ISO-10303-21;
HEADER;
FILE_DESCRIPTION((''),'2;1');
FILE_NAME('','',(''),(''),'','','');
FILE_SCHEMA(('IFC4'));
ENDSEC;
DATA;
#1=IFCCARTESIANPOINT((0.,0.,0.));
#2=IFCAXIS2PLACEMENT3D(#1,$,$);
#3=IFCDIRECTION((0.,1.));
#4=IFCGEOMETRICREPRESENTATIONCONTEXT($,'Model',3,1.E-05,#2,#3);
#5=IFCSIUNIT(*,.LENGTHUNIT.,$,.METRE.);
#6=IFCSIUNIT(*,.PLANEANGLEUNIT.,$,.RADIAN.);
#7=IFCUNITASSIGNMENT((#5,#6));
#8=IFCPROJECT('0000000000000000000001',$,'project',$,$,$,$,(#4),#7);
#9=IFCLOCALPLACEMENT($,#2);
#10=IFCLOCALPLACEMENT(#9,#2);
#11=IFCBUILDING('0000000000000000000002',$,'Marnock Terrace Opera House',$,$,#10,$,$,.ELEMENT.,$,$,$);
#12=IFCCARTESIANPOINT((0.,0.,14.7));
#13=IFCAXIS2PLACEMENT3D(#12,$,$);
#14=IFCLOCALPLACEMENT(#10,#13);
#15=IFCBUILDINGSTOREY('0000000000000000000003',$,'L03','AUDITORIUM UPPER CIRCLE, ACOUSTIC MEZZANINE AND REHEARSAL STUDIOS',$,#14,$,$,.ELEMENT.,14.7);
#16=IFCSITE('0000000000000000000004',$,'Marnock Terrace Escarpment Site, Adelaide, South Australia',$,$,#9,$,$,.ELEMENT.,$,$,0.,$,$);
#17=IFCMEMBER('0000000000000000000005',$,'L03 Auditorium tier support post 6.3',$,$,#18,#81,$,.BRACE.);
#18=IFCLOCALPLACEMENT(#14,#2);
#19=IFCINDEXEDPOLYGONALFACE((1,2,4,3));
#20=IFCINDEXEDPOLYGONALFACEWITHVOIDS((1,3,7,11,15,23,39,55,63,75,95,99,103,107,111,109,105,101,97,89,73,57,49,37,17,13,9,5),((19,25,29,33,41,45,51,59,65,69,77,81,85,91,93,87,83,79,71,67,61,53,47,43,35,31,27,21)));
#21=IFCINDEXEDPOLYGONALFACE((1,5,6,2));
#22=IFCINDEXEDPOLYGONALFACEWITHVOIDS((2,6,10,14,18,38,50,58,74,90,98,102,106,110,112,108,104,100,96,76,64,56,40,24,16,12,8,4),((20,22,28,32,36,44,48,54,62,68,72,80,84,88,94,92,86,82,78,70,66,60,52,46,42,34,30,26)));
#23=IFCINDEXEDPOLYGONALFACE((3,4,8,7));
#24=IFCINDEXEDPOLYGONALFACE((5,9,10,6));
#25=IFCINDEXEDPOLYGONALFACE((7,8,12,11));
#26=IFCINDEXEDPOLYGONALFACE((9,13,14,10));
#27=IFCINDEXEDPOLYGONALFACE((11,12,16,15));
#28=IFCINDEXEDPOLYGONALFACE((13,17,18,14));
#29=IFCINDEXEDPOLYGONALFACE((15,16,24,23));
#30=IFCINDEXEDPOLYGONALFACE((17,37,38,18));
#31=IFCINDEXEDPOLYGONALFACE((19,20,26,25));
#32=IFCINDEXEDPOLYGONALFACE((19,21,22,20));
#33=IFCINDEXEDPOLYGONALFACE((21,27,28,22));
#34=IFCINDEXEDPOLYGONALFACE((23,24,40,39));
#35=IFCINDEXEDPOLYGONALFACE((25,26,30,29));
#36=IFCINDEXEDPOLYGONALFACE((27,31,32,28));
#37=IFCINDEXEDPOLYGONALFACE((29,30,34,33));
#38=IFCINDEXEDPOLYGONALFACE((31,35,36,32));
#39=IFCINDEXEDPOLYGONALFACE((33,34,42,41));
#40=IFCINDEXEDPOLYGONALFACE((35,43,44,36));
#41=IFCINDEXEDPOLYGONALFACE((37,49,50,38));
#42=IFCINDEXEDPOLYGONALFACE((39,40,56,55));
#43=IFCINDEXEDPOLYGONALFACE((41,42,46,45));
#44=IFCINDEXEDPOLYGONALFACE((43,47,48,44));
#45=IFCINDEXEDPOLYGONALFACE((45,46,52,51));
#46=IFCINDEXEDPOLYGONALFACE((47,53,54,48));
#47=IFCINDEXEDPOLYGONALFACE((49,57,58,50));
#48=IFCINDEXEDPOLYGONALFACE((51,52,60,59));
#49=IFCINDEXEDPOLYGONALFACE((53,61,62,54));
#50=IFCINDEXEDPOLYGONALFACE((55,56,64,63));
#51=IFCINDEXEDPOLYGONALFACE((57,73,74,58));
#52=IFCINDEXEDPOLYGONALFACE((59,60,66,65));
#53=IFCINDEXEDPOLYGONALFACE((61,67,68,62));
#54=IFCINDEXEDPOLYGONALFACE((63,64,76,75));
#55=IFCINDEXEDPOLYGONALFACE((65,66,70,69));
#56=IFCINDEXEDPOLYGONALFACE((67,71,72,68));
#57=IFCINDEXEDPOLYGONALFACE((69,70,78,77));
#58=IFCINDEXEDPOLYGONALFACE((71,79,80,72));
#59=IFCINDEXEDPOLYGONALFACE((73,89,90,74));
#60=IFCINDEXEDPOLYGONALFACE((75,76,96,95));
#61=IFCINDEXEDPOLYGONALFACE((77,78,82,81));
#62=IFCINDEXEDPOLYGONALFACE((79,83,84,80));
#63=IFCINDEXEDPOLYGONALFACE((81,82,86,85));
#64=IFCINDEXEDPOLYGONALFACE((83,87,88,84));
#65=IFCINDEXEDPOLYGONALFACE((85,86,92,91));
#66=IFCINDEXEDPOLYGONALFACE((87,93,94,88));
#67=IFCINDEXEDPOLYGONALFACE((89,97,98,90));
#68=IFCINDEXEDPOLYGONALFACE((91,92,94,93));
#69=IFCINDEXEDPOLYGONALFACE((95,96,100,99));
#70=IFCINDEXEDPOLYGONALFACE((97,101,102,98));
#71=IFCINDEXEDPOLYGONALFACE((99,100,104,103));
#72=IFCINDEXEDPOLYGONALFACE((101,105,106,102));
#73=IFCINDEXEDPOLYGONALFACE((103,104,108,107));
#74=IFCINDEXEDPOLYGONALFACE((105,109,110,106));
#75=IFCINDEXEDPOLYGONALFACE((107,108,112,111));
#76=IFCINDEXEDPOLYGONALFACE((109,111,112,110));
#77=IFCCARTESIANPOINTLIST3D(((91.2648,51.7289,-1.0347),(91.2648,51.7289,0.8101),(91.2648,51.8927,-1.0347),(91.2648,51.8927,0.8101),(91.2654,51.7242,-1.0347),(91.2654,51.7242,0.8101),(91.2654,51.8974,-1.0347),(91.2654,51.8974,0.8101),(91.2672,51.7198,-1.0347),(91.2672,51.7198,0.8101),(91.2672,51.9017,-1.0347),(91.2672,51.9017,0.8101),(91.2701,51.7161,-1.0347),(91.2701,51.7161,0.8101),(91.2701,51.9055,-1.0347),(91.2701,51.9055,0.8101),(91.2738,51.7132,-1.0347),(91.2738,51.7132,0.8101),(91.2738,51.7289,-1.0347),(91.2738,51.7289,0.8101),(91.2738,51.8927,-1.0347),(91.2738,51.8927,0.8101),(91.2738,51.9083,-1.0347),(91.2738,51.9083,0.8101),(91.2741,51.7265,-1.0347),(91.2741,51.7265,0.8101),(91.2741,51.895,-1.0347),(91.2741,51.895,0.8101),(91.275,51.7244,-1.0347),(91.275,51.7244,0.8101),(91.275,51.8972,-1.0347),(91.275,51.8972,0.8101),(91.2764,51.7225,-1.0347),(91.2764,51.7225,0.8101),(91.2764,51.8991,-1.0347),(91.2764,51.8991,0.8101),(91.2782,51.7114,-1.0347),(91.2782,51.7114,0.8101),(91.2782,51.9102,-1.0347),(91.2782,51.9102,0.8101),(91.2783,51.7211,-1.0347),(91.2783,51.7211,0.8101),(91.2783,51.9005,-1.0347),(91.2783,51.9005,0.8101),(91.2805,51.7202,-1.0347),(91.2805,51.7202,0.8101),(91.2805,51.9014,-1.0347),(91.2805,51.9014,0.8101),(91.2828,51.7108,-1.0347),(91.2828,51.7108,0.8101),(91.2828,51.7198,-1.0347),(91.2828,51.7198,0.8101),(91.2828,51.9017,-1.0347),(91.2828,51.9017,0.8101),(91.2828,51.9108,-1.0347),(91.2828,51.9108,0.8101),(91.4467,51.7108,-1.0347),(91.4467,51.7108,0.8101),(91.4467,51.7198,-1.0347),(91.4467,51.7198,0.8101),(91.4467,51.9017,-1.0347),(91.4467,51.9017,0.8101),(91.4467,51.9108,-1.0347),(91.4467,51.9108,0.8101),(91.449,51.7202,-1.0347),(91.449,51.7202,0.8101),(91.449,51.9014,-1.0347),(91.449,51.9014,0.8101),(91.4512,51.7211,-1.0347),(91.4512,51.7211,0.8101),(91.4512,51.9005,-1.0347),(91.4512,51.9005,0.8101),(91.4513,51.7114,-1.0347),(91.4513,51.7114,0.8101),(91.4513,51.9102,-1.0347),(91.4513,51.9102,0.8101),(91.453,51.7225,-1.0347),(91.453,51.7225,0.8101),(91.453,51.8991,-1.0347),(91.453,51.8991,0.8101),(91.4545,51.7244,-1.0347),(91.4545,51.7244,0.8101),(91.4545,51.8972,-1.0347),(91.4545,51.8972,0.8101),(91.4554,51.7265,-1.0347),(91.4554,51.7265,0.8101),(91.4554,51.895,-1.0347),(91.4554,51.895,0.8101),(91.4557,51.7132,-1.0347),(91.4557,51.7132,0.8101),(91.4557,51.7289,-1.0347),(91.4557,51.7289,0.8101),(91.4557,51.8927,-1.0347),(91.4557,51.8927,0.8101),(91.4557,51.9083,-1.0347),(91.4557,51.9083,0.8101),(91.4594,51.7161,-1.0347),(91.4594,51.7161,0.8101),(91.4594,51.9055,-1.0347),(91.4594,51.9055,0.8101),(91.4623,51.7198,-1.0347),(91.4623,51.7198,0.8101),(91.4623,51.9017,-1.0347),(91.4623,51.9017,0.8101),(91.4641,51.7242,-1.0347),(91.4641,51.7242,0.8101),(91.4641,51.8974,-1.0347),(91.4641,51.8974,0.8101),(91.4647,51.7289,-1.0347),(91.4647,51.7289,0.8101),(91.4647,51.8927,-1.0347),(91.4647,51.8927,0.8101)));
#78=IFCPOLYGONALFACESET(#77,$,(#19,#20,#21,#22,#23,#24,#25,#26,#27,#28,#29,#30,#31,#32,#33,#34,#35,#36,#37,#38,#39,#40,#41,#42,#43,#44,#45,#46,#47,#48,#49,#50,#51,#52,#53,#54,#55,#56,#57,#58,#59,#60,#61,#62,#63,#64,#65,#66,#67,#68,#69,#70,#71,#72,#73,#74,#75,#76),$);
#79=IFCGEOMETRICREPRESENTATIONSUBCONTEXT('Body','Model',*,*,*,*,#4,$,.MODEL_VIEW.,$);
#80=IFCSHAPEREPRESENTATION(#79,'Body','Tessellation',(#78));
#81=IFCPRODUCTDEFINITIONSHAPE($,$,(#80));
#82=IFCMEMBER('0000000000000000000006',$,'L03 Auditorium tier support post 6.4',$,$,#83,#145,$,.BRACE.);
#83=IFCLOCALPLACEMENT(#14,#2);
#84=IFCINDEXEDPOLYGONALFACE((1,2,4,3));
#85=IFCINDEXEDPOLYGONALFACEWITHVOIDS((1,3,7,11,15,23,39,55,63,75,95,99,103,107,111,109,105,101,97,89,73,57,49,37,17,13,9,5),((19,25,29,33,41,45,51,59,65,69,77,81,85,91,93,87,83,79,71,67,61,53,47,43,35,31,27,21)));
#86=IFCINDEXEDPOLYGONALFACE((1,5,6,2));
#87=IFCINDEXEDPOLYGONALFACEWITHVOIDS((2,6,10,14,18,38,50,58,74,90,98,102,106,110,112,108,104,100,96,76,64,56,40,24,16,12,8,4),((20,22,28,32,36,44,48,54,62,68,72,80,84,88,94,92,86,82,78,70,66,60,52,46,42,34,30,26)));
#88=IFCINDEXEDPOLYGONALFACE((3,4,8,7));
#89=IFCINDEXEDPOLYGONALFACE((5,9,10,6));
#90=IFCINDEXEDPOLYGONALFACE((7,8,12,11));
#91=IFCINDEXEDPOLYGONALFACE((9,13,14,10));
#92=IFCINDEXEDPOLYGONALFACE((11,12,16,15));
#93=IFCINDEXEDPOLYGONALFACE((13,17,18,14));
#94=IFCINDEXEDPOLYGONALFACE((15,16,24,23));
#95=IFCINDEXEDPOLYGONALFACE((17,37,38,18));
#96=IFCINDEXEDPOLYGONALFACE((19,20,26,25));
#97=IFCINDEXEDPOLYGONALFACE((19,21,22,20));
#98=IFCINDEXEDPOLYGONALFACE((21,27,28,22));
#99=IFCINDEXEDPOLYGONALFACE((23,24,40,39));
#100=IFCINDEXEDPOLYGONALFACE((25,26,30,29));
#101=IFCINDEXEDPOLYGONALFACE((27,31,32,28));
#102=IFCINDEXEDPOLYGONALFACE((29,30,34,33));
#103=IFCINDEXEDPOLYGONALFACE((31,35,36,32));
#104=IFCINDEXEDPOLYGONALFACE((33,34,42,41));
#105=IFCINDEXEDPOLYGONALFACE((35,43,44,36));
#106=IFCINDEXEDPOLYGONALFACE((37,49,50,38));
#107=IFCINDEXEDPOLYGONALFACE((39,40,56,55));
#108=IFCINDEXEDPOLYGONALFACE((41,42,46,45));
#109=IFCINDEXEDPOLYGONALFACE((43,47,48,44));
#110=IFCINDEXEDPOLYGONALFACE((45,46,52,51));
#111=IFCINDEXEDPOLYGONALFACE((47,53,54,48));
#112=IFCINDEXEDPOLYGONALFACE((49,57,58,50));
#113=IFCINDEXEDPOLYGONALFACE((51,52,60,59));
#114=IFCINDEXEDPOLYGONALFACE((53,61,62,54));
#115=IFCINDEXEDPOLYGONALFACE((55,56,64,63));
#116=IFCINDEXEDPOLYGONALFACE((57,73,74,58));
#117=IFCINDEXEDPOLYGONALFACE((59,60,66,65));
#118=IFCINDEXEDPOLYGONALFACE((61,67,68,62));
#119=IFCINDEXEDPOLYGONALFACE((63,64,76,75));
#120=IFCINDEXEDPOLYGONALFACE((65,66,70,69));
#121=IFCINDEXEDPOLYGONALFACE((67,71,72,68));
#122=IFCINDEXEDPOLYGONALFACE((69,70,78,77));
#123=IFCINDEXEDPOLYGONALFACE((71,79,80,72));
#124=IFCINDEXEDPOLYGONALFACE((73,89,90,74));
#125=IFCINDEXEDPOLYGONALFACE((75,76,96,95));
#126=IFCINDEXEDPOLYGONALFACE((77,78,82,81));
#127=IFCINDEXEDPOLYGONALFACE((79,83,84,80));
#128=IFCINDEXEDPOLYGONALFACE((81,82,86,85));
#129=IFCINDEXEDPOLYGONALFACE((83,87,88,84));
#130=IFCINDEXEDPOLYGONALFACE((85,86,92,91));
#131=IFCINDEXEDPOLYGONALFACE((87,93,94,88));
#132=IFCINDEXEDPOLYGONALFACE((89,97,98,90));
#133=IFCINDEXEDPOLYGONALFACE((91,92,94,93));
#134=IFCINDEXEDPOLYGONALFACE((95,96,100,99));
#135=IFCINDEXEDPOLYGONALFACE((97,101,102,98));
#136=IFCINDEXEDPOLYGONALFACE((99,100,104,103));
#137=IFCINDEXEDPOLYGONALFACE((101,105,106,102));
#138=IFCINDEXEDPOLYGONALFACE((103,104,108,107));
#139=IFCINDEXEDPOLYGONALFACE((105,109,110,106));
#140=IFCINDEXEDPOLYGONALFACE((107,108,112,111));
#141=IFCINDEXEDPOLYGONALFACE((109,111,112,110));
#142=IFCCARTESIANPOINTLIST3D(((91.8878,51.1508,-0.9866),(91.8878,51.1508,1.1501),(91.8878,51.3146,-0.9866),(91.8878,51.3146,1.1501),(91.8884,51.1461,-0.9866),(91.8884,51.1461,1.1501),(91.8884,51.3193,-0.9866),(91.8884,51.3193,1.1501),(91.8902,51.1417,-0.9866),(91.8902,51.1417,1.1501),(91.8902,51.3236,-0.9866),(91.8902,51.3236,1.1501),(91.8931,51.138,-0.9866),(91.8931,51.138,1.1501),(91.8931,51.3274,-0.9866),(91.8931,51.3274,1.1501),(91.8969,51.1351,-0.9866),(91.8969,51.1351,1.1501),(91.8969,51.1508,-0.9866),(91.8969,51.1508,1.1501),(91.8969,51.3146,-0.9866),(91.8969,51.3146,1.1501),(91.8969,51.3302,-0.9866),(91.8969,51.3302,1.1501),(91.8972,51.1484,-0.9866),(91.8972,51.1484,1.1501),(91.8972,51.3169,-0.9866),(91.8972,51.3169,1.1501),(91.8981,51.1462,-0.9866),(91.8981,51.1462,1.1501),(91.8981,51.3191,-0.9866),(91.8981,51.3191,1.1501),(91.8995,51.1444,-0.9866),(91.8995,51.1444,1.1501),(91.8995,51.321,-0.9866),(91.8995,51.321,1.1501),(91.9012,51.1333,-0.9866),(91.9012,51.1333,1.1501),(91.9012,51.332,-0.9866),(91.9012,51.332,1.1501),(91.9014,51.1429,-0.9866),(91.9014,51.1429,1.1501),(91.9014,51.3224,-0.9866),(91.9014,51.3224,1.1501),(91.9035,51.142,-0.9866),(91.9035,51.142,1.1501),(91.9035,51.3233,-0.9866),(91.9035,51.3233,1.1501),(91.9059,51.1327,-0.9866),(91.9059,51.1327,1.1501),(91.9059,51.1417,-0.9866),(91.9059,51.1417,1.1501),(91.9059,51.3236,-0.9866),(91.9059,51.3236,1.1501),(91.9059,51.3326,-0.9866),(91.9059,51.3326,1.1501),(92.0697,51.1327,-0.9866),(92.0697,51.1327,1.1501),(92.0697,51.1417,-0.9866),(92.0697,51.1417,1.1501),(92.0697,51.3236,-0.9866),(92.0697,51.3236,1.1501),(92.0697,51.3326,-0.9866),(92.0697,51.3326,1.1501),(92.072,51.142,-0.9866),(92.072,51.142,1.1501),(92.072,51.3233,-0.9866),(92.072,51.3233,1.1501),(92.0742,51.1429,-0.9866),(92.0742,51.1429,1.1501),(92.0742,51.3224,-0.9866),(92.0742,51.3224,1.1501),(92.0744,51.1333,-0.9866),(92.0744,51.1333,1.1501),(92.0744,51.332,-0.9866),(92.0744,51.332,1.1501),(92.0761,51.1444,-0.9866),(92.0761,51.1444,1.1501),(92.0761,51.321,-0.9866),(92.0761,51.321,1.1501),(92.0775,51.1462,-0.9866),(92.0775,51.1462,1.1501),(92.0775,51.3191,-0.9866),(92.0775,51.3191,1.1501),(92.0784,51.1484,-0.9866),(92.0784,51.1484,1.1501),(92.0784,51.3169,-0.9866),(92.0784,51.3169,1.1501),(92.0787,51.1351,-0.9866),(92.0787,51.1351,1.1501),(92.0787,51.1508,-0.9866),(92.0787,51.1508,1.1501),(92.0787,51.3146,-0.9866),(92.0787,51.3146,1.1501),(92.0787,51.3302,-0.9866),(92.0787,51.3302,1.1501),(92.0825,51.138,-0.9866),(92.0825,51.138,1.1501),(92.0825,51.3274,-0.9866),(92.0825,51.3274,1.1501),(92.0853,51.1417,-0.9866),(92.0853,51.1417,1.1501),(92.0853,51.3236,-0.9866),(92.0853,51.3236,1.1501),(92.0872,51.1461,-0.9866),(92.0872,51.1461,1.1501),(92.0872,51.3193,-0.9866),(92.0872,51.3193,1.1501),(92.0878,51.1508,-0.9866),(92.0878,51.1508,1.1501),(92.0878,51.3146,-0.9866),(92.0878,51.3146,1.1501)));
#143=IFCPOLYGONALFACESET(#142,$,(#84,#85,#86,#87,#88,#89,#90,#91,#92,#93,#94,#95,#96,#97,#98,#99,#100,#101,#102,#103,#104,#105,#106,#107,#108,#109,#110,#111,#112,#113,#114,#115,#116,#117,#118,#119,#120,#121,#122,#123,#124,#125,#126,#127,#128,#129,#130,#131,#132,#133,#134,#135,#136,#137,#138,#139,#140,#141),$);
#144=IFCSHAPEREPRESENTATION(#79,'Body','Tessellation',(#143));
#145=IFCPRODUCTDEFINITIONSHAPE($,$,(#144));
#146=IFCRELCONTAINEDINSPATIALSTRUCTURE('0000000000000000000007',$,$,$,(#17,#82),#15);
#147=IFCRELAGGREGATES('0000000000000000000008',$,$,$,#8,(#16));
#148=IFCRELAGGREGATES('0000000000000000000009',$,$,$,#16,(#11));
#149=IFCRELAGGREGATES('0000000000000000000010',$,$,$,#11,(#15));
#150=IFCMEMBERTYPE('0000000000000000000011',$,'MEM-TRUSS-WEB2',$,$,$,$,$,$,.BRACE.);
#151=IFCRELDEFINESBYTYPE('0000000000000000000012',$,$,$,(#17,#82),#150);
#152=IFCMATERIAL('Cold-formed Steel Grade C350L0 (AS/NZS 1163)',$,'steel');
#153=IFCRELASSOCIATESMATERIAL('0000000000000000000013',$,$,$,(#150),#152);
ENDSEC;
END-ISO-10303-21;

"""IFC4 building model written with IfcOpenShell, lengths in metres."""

from ifc_helpers import new_model, si_unit, direction, frame, origin, origin_2d, place, context, subcontext, project, spatial, hollow_rectangle, extrude, material, material_profile, profile_set, type_object, element, save


model = new_model("IFC4")

# Units and contexts
model_context = context("Model", 3, precision=1e-05, world=origin(), true_north=direction((0.0, 1.0)))
body_context = subcontext(model_context, "Body", "Model", "MODEL_VIEW")
ifc_project = project(units=[si_unit("LENGTHUNIT", "METRE"), si_unit("PLANEANGLEUNIT", "RADIAN")], contexts=[model_context])

# Site, building, storey
site_placement = place(None, origin())
site = spatial("IfcSite", under=ifc_project, at=site_placement, Name="Marnock Terrace Escarpment Site, Adelaide, South Australia", CompositionType="ELEMENT", RefElevation=0.0)
building_placement = place(site_placement, origin())
building = spatial("IfcBuilding", under=site, at=building_placement, Name="Marnock Terrace Opera House", CompositionType="ELEMENT")
storey_placement = place(building_placement, frame((0.0, 0.0, 14.7)))
storey = spatial("IfcBuildingStorey", under=building, at=storey_placement, Name="L03", Description="AUDITORIUM UPPER CIRCLE, ACOUSTIC MEZZANINE AND REHEARSAL STUDIOS", CompositionType="ELEMENT", Elevation=14.7)

# Members
ifc_material_1 = material(Name="Cold-formed Steel Grade C350L0 (AS/NZS 1163)", Category="steel")
ifc_material_profile_1 = material_profile(ifc_material_1, hollow_rectangle(XDim=0.2, YDim=0.2, WallThickness=0.009, InnerFilletRadius=0.009, OuterFilletRadius=0.0181, at=origin_2d()))
ifc_profile_set_1 = profile_set([ifc_material_profile_1], Name="Cold-formed Steel Grade C350L0 (AS/NZS 1163)")
member_type = type_object("IfcMemberType", Name="MEM-TRUSS-WEB2", PredefinedType="BRACE", material=ifc_profile_set_1)
member_1_placement = place(storey_placement, frame((91.3647, 51.8108, -1.0347), z_axis=(0.0, 0.0, 1.0), x_axis=(1.0, 0.0, 0.0)))
element("IfcMember", 1, at=member_1_placement, inside=storey, type_object=member_type, Name="L03 Auditorium tier support post 6.3", PredefinedType="BRACE", context=body_context, shape_type="SweptSolid", body=[
    extrude(hollow_rectangle(XDim=0.2, YDim=0.2, WallThickness=0.009, InnerFilletRadius=0.009, OuterFilletRadius=0.0181, at=origin_2d()), origin(), (0.0, 0.0, 1.0), 1.8447),
])
for number, where, z_axis, x_axis, name in (
    (2, (91.9878, 51.2327, -0.9866), (0.0, 0.0, 1.0), (1.0, 0.0, 0.0), "L03 Auditorium tier support post 6.4"),
):
    element("IfcMember", number, at=place(storey_placement, frame(where, z_axis=z_axis, x_axis=x_axis)), inside=storey, type_object=member_type, Name=name, PredefinedType="BRACE", context=body_context, shape_type="SweptSolid", body=[
        extrude(hollow_rectangle(XDim=0.2, YDim=0.2, WallThickness=0.009, InnerFilletRadius=0.009, OuterFilletRadius=0.0181, at=origin_2d()), origin(), (0.0, 0.0, 1.0), 2.1367),
    ])

save(model, "model.ifc")
